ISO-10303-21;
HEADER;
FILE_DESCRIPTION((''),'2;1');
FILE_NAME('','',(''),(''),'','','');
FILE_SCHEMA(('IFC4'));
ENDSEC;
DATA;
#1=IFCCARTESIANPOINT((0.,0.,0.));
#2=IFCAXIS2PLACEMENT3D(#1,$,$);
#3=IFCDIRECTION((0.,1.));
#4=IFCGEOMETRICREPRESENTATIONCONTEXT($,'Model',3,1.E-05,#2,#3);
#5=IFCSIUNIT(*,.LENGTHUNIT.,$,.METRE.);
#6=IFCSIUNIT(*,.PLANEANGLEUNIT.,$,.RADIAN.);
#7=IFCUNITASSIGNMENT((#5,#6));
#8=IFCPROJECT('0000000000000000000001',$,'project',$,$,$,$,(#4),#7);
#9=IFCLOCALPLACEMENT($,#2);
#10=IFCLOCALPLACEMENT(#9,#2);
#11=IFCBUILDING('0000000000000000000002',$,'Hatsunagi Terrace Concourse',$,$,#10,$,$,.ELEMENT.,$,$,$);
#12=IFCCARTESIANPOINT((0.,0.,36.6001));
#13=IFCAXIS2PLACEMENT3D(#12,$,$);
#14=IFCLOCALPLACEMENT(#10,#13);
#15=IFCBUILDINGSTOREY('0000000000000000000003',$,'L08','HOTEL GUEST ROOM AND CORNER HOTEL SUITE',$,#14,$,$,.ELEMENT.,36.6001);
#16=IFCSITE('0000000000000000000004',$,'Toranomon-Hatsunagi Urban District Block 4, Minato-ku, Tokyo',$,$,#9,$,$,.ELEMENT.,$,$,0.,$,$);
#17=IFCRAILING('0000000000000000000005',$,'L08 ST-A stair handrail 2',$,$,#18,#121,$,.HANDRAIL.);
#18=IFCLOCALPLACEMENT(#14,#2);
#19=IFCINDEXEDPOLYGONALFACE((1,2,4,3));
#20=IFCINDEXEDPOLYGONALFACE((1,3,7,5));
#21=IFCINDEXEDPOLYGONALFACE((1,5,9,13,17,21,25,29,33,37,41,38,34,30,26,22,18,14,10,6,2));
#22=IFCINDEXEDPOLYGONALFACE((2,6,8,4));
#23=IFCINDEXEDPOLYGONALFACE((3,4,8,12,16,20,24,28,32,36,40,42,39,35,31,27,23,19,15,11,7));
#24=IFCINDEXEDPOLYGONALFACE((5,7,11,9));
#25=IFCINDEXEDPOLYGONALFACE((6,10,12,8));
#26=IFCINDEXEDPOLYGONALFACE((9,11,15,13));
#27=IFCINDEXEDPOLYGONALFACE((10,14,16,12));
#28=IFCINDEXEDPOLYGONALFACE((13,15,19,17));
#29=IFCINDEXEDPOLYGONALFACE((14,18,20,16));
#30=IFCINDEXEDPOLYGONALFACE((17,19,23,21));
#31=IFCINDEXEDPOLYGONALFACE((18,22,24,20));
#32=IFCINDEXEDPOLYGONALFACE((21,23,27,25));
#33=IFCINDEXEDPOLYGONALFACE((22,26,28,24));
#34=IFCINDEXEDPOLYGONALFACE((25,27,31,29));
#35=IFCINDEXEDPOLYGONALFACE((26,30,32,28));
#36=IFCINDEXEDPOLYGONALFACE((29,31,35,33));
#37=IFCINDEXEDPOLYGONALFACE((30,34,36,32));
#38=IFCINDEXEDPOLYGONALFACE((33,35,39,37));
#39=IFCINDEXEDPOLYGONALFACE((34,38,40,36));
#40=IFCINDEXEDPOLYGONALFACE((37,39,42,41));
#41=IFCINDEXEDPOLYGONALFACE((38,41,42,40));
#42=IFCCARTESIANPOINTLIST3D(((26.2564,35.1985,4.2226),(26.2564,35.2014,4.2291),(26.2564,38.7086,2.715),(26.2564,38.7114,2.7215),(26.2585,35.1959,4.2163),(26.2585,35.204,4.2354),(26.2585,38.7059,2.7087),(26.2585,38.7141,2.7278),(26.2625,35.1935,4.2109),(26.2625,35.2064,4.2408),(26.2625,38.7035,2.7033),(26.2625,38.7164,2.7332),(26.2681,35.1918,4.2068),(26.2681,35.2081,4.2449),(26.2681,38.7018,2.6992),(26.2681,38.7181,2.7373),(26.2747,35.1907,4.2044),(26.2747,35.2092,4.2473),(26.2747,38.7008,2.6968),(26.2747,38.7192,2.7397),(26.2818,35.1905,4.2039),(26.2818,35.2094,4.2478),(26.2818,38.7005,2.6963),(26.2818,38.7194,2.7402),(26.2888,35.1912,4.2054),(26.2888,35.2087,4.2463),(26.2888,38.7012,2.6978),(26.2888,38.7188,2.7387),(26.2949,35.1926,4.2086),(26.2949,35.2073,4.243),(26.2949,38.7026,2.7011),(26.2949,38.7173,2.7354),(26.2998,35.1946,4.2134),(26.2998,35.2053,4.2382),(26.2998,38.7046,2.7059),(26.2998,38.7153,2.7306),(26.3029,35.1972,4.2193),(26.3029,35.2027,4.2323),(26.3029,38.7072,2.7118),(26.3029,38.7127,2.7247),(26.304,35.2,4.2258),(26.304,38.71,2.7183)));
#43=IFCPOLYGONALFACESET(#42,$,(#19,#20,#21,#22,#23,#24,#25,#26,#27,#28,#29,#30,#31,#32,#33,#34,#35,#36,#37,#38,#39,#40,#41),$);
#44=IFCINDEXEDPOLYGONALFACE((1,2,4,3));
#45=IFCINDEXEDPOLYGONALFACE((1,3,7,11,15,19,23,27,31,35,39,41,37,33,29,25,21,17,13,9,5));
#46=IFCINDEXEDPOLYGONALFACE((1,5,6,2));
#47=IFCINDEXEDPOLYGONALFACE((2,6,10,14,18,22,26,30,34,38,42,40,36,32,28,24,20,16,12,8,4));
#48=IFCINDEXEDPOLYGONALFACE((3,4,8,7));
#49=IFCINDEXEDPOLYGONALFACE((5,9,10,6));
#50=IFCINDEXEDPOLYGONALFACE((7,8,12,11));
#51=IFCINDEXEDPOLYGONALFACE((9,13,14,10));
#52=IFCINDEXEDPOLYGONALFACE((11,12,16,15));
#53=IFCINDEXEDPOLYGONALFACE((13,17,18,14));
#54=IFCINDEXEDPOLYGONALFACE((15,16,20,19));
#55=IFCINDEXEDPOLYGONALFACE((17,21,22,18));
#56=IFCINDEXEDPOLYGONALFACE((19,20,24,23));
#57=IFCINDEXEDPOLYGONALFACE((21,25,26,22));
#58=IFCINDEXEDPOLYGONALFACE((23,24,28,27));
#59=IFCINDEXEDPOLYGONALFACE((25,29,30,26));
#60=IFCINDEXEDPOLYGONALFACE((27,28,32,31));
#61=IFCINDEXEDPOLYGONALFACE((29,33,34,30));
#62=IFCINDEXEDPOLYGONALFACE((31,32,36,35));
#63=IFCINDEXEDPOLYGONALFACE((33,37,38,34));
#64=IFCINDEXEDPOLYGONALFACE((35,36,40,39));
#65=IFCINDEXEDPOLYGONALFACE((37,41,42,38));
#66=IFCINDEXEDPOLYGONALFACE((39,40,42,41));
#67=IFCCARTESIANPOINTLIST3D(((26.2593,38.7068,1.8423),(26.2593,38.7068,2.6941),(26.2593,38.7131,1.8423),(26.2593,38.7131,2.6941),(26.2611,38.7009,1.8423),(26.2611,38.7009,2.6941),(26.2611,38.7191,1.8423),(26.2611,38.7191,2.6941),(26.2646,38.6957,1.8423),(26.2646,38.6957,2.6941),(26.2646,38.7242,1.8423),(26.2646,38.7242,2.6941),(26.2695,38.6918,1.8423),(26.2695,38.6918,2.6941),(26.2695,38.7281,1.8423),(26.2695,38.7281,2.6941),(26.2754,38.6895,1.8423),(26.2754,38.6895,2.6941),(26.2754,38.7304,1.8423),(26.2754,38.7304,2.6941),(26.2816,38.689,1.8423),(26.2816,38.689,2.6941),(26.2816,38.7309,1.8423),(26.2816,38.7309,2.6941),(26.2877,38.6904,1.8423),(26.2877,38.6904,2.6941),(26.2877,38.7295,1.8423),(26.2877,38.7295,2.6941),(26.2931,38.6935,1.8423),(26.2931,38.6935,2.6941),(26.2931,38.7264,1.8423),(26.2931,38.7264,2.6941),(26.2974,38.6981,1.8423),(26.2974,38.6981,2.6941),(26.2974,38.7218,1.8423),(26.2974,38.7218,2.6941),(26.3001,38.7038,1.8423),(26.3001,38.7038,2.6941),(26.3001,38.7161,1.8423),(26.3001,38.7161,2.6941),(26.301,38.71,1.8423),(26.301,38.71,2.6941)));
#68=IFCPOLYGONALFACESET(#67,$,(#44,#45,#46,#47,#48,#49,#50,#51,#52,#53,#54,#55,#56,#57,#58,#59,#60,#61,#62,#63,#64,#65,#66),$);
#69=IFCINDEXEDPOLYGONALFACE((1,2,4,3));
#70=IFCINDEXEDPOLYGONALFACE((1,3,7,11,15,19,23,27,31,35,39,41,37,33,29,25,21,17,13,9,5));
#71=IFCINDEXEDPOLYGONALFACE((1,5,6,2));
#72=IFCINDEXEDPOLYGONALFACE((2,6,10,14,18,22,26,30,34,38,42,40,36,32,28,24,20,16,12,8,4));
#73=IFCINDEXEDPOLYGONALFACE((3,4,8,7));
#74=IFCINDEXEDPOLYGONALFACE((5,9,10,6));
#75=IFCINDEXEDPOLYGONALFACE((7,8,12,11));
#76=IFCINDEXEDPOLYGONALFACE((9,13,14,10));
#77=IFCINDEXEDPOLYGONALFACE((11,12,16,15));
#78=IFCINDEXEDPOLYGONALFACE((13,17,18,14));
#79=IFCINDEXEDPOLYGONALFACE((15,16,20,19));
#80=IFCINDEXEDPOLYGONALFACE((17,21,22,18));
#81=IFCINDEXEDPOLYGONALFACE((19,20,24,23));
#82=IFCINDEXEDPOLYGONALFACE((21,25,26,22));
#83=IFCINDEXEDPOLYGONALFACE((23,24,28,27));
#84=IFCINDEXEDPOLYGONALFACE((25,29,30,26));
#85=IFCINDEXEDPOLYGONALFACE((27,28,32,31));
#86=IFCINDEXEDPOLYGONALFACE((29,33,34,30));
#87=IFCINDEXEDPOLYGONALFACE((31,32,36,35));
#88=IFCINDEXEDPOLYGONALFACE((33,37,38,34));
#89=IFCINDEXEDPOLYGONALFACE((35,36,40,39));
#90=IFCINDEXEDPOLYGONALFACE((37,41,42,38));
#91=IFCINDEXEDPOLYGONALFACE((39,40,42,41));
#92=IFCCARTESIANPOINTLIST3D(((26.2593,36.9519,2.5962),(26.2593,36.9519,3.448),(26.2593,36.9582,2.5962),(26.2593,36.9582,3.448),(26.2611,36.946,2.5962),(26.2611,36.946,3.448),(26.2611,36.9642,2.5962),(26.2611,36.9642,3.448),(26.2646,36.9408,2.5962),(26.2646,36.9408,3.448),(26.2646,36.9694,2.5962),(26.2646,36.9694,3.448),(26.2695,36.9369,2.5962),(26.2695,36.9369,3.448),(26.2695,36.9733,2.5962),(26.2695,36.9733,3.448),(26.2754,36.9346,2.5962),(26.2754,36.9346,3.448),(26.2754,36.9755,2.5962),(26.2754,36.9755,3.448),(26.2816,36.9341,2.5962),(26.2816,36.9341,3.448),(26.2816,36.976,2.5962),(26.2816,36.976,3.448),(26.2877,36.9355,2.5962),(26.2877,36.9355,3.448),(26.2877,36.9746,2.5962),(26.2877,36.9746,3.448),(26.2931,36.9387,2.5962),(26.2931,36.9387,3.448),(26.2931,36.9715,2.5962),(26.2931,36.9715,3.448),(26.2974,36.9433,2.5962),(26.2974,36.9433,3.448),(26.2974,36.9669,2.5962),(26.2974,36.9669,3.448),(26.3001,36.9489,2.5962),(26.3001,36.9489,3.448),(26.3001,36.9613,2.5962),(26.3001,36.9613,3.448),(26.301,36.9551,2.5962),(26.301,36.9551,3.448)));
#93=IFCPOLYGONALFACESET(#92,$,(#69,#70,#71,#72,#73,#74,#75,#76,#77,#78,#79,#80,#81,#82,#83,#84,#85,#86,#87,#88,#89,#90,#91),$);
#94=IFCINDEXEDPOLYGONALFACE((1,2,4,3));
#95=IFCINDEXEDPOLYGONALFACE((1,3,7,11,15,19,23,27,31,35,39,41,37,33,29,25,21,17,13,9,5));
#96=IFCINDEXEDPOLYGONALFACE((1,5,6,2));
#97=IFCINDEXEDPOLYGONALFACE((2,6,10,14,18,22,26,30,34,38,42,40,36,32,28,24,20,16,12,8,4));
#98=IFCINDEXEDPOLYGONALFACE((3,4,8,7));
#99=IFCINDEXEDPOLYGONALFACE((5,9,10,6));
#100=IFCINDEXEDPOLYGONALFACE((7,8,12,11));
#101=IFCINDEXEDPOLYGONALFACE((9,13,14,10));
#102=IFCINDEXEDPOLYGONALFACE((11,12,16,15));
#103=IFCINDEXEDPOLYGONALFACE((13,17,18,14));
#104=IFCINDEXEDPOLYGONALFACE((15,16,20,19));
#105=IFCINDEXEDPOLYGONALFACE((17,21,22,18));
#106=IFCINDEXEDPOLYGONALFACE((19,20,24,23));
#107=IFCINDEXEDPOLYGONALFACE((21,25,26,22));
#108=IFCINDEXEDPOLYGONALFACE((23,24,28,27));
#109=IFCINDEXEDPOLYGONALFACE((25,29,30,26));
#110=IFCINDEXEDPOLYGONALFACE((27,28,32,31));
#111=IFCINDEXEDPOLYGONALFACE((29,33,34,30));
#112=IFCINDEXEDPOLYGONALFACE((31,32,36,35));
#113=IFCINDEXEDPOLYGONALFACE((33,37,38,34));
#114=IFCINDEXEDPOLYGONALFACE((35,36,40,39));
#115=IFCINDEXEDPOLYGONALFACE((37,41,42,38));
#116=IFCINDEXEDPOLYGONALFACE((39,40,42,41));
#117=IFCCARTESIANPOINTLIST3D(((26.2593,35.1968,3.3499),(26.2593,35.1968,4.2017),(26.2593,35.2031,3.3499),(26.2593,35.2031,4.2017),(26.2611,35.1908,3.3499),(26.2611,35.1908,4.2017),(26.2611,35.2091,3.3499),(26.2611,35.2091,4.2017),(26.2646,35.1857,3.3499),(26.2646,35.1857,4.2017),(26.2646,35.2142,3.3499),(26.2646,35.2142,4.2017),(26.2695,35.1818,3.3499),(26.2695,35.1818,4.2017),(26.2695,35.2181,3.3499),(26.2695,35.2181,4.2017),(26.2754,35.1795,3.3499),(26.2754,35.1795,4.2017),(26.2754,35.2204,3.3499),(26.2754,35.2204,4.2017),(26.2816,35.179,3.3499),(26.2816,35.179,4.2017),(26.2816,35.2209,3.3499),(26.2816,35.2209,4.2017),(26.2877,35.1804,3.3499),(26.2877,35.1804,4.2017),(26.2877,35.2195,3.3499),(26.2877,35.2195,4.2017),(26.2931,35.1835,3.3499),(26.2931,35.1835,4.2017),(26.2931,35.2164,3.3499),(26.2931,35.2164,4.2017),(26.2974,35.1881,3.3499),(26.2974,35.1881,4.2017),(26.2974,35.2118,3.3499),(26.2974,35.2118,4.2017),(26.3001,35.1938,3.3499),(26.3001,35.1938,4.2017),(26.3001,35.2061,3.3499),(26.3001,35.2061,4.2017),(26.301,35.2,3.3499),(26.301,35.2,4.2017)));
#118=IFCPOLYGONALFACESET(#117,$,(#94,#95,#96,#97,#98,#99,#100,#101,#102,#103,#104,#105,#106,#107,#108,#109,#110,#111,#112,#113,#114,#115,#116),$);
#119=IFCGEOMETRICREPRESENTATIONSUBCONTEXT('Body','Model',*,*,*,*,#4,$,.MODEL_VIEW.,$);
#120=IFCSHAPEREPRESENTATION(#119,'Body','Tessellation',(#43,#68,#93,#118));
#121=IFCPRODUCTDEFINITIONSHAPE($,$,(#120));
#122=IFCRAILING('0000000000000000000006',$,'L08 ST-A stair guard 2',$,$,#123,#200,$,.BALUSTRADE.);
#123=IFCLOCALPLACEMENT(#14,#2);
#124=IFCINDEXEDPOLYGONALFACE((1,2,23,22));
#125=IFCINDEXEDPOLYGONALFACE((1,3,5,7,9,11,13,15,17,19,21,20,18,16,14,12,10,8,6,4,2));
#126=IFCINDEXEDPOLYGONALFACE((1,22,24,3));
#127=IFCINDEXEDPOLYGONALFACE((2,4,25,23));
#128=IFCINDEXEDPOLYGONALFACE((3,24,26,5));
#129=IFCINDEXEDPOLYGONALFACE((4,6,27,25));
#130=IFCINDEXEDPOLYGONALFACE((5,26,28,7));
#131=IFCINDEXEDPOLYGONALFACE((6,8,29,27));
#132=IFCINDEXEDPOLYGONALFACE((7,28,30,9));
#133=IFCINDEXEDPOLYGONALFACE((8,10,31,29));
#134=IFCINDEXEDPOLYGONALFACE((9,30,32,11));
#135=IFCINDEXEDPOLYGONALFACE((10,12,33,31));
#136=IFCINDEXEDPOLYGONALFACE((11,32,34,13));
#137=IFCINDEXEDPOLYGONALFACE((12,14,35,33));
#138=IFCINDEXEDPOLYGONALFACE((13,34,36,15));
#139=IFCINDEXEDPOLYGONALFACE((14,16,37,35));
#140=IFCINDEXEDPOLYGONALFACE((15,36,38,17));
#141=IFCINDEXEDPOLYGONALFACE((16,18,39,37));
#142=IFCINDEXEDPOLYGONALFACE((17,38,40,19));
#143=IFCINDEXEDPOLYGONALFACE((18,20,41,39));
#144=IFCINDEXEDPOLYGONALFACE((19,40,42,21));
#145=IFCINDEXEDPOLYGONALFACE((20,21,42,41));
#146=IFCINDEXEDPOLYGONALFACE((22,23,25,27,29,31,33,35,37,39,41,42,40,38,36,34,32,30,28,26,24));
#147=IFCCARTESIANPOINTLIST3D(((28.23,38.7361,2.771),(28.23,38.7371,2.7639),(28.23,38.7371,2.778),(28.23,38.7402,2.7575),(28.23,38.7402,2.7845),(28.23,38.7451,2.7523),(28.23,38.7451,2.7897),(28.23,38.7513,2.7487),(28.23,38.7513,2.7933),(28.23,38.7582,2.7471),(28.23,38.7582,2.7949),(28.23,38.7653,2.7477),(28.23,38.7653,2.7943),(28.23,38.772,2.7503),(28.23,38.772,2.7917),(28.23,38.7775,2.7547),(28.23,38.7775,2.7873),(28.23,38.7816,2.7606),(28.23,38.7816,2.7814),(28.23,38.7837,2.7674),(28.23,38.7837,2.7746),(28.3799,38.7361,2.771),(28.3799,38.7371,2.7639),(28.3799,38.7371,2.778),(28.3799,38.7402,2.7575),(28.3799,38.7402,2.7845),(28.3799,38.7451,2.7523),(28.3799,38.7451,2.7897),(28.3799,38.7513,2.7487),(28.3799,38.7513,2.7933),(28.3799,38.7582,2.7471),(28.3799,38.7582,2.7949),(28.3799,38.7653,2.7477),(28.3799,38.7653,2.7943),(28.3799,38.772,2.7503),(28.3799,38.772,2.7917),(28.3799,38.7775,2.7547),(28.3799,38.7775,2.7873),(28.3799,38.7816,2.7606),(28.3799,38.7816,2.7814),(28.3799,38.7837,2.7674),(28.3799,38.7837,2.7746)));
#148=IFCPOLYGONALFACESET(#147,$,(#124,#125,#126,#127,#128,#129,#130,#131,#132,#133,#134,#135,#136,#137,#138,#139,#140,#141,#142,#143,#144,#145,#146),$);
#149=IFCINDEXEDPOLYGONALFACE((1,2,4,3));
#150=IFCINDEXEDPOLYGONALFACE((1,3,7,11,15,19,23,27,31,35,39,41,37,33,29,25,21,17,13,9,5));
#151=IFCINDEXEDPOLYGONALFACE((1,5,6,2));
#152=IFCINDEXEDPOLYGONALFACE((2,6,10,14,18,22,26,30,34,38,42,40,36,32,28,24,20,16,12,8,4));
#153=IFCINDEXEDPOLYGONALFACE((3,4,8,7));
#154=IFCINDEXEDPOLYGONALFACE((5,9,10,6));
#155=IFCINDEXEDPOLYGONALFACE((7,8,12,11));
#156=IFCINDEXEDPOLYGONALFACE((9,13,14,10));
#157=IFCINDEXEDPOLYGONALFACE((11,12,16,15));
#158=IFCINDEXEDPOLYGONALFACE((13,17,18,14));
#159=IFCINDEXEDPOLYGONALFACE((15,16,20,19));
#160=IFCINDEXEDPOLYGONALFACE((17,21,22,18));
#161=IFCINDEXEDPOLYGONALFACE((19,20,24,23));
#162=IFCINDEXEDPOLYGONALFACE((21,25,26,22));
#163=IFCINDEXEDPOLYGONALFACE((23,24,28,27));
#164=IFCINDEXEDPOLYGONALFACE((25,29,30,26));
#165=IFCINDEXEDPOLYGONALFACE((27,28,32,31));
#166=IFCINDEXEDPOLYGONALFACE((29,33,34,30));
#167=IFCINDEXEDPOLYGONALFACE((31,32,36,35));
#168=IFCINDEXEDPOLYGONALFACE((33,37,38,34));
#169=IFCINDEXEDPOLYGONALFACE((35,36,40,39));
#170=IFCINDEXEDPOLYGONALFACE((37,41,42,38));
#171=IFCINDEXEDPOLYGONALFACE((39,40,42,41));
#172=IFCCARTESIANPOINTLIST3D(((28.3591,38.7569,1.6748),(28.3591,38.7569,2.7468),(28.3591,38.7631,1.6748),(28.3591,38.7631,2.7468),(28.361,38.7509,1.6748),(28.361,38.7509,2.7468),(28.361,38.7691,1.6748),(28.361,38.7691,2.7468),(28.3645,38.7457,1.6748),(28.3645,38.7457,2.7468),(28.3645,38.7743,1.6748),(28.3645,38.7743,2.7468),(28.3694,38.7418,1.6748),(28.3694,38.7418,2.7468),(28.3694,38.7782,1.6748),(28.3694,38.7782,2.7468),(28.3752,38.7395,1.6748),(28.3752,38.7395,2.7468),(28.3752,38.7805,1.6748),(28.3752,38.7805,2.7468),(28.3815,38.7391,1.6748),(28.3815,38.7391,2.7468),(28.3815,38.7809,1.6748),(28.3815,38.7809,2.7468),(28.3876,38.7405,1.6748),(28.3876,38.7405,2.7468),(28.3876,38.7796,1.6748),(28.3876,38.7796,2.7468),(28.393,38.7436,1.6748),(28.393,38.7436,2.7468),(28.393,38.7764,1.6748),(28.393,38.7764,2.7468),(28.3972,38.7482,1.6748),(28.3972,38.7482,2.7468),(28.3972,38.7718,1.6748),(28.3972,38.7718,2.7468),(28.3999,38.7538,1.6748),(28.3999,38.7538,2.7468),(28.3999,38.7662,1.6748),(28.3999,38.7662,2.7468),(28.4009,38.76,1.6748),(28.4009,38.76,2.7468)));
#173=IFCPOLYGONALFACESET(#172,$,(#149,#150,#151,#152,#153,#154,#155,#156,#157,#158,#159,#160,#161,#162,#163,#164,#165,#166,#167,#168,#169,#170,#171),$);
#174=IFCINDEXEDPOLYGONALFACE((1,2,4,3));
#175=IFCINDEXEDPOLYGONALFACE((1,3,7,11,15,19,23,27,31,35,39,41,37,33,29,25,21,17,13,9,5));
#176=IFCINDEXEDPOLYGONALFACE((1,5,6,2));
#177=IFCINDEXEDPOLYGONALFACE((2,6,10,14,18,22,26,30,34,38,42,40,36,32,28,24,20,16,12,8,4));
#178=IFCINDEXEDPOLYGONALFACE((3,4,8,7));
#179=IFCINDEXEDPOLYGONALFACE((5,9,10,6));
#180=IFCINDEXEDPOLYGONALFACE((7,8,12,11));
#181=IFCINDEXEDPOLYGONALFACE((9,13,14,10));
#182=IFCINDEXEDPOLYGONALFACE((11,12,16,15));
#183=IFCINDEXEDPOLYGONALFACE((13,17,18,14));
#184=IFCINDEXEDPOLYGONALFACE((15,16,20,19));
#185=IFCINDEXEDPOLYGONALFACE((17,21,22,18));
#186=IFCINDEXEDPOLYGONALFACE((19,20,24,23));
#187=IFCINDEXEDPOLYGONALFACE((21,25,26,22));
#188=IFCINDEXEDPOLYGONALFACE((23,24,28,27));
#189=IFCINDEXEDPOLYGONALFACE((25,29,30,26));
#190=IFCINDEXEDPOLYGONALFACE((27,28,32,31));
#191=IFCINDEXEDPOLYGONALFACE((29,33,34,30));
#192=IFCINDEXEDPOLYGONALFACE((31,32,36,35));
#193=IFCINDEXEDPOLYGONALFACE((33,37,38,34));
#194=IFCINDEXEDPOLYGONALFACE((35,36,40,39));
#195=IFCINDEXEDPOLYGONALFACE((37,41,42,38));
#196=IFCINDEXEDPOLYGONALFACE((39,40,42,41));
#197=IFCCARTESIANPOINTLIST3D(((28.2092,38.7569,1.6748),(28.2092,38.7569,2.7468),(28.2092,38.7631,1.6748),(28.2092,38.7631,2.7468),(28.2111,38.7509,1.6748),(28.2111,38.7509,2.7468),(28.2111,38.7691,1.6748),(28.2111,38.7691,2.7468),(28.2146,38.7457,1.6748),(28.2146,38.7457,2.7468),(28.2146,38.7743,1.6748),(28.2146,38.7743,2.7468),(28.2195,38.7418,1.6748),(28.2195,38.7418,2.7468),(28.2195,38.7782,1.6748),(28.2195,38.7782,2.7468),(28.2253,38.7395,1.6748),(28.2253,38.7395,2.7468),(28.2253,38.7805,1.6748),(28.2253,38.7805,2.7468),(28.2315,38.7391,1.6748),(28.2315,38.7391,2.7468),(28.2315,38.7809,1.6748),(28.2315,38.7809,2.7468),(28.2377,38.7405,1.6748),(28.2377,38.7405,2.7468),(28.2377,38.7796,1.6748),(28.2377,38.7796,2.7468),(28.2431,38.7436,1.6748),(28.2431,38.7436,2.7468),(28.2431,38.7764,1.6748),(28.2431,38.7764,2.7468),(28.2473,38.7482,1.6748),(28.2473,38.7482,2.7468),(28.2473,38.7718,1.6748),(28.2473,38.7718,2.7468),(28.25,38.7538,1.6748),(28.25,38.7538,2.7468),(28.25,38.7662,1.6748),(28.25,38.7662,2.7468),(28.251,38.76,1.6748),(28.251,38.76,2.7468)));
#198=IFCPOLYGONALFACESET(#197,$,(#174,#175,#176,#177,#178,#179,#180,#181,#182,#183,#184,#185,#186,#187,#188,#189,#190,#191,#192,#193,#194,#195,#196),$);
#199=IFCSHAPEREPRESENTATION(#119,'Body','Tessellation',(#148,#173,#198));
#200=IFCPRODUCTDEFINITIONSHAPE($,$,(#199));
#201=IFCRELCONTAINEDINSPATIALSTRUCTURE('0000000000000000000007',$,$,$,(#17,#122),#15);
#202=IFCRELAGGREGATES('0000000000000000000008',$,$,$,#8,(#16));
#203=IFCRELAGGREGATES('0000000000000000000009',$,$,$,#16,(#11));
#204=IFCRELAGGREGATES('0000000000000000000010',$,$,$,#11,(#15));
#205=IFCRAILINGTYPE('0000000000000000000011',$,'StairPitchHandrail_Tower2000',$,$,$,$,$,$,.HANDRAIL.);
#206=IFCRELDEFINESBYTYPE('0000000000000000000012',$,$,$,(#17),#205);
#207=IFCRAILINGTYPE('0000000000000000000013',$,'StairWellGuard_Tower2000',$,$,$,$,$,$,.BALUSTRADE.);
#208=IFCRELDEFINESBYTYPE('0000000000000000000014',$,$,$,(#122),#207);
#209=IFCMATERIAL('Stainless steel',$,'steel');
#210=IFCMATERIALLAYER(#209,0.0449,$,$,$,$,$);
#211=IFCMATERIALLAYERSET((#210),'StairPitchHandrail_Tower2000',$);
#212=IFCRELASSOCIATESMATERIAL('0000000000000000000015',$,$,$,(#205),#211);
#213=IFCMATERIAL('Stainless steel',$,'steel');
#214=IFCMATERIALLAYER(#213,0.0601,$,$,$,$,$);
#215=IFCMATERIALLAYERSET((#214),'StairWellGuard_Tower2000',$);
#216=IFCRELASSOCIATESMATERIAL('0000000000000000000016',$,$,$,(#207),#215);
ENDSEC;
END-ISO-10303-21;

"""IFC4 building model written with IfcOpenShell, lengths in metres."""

from ifc_helpers import new_model, si_unit, direction, frame, origin, origin_2d, place, context, subcontext, project, spatial, circle, extrude, material, layer, layer_set, type_object, element, save


model = new_model("IFC4")

# Units and contexts
model_context = context("Model", 3, precision=1e-05, world=origin(), true_north=direction((0.0, 1.0)))
body_context = subcontext(model_context, "Body", "Model", "MODEL_VIEW")
ifc_project = project(units=[si_unit("LENGTHUNIT", "METRE"), si_unit("PLANEANGLEUNIT", "RADIAN")], contexts=[model_context])

# Site, building, storey
site_placement = place(None, origin())
site = spatial("IfcSite", under=ifc_project, at=site_placement, Name="Toranomon-Hatsunagi Urban District Block 4, Minato-ku, Tokyo", CompositionType="ELEMENT", RefElevation=0.0)
building_placement = place(site_placement, origin())
building = spatial("IfcBuilding", under=site, at=building_placement, Name="Hatsunagi Terrace Concourse", CompositionType="ELEMENT")
storey_placement = place(building_placement, frame((0.0, 0.0, 36.6001)))
storey = spatial("IfcBuildingStorey", under=building, at=storey_placement, Name="L08", Description="HOTEL GUEST ROOM AND CORNER HOTEL SUITE", CompositionType="ELEMENT", Elevation=36.6001)

# Railings
ifc_material_1 = material(Name="Stainless steel", Category="steel")
ifc_layer_1 = layer(ifc_material_1, 0.0449)
ifc_layer_set_1 = layer_set([ifc_layer_1], Name="StairPitchHandrail_Tower2000")
railing_type_1 = type_object("IfcRailingType", Name="StairPitchHandrail_Tower2000", PredefinedType="HANDRAIL", material=ifc_layer_set_1)
railing_1_placement = place(storey_placement, frame((26.28, 38.71, 1.8423)))
element("IfcRailing", 1, at=railing_1_placement, inside=storey, type_object=railing_type_1, Name="L08 ST-A stair handrail 2", PredefinedType="HANDRAIL", context=body_context, shape_type="SweptSolid", body=[
    extrude(circle(Radius=0.0239, at=origin_2d()), frame((0.0, 0.0, 0.876), z_axis=(0.0, -0.918834, 0.394644), x_axis=(1.0, 0.0, 0.0)), (0.0, 0.0, 1.0), 3.8201),
    extrude(circle(Radius=0.021, at=origin_2d()), origin(), (0.0, 0.0, 1.0), 0.8518),
    extrude(circle(Radius=0.021, at=origin_2d()), frame((0.0, -1.7549, 0.7539)), (0.0, 0.0, 1.0), 0.8518),
    extrude(circle(Radius=0.021, at=origin_2d()), frame((0.0, -3.51, 1.5076)), (0.0, 0.0, 1.0), 0.8518),
])
ifc_material_2 = material(Name="Stainless steel", Category="steel")
ifc_layer_2 = layer(ifc_material_2, 0.0601)
ifc_layer_set_2 = layer_set([ifc_layer_2], Name="StairWellGuard_Tower2000")
railing_type_2 = type_object("IfcRailingType", Name="StairWellGuard_Tower2000", PredefinedType="BALUSTRADE", material=ifc_layer_set_2)
railing_2_placement = place(storey_placement, frame((28.3799, 38.76, 1.6748)))
element("IfcRailing", 2, at=railing_2_placement, inside=storey, type_object=railing_type_2, Name="L08 ST-A stair guard 2", PredefinedType="BALUSTRADE", context=body_context, shape_type="SweptSolid", body=[
    extrude(circle(Radius=0.0239, at=origin_2d()), frame((0.0, 0.0, 1.0962), z_axis=(-1.0, 0.0, 0.0), x_axis=(0.0, -1.0, 0.0)), (0.0, 0.0, 1.0), 0.1499),
    extrude(circle(Radius=0.021, at=origin_2d()), origin(), (0.0, 0.0, 1.0), 1.072),
    extrude(circle(Radius=0.021, at=origin_2d()), frame((-0.1499, 0.0, 0.0)), (0.0, 0.0, 1.0), 1.072),
])

save(model, "model.ifc")
